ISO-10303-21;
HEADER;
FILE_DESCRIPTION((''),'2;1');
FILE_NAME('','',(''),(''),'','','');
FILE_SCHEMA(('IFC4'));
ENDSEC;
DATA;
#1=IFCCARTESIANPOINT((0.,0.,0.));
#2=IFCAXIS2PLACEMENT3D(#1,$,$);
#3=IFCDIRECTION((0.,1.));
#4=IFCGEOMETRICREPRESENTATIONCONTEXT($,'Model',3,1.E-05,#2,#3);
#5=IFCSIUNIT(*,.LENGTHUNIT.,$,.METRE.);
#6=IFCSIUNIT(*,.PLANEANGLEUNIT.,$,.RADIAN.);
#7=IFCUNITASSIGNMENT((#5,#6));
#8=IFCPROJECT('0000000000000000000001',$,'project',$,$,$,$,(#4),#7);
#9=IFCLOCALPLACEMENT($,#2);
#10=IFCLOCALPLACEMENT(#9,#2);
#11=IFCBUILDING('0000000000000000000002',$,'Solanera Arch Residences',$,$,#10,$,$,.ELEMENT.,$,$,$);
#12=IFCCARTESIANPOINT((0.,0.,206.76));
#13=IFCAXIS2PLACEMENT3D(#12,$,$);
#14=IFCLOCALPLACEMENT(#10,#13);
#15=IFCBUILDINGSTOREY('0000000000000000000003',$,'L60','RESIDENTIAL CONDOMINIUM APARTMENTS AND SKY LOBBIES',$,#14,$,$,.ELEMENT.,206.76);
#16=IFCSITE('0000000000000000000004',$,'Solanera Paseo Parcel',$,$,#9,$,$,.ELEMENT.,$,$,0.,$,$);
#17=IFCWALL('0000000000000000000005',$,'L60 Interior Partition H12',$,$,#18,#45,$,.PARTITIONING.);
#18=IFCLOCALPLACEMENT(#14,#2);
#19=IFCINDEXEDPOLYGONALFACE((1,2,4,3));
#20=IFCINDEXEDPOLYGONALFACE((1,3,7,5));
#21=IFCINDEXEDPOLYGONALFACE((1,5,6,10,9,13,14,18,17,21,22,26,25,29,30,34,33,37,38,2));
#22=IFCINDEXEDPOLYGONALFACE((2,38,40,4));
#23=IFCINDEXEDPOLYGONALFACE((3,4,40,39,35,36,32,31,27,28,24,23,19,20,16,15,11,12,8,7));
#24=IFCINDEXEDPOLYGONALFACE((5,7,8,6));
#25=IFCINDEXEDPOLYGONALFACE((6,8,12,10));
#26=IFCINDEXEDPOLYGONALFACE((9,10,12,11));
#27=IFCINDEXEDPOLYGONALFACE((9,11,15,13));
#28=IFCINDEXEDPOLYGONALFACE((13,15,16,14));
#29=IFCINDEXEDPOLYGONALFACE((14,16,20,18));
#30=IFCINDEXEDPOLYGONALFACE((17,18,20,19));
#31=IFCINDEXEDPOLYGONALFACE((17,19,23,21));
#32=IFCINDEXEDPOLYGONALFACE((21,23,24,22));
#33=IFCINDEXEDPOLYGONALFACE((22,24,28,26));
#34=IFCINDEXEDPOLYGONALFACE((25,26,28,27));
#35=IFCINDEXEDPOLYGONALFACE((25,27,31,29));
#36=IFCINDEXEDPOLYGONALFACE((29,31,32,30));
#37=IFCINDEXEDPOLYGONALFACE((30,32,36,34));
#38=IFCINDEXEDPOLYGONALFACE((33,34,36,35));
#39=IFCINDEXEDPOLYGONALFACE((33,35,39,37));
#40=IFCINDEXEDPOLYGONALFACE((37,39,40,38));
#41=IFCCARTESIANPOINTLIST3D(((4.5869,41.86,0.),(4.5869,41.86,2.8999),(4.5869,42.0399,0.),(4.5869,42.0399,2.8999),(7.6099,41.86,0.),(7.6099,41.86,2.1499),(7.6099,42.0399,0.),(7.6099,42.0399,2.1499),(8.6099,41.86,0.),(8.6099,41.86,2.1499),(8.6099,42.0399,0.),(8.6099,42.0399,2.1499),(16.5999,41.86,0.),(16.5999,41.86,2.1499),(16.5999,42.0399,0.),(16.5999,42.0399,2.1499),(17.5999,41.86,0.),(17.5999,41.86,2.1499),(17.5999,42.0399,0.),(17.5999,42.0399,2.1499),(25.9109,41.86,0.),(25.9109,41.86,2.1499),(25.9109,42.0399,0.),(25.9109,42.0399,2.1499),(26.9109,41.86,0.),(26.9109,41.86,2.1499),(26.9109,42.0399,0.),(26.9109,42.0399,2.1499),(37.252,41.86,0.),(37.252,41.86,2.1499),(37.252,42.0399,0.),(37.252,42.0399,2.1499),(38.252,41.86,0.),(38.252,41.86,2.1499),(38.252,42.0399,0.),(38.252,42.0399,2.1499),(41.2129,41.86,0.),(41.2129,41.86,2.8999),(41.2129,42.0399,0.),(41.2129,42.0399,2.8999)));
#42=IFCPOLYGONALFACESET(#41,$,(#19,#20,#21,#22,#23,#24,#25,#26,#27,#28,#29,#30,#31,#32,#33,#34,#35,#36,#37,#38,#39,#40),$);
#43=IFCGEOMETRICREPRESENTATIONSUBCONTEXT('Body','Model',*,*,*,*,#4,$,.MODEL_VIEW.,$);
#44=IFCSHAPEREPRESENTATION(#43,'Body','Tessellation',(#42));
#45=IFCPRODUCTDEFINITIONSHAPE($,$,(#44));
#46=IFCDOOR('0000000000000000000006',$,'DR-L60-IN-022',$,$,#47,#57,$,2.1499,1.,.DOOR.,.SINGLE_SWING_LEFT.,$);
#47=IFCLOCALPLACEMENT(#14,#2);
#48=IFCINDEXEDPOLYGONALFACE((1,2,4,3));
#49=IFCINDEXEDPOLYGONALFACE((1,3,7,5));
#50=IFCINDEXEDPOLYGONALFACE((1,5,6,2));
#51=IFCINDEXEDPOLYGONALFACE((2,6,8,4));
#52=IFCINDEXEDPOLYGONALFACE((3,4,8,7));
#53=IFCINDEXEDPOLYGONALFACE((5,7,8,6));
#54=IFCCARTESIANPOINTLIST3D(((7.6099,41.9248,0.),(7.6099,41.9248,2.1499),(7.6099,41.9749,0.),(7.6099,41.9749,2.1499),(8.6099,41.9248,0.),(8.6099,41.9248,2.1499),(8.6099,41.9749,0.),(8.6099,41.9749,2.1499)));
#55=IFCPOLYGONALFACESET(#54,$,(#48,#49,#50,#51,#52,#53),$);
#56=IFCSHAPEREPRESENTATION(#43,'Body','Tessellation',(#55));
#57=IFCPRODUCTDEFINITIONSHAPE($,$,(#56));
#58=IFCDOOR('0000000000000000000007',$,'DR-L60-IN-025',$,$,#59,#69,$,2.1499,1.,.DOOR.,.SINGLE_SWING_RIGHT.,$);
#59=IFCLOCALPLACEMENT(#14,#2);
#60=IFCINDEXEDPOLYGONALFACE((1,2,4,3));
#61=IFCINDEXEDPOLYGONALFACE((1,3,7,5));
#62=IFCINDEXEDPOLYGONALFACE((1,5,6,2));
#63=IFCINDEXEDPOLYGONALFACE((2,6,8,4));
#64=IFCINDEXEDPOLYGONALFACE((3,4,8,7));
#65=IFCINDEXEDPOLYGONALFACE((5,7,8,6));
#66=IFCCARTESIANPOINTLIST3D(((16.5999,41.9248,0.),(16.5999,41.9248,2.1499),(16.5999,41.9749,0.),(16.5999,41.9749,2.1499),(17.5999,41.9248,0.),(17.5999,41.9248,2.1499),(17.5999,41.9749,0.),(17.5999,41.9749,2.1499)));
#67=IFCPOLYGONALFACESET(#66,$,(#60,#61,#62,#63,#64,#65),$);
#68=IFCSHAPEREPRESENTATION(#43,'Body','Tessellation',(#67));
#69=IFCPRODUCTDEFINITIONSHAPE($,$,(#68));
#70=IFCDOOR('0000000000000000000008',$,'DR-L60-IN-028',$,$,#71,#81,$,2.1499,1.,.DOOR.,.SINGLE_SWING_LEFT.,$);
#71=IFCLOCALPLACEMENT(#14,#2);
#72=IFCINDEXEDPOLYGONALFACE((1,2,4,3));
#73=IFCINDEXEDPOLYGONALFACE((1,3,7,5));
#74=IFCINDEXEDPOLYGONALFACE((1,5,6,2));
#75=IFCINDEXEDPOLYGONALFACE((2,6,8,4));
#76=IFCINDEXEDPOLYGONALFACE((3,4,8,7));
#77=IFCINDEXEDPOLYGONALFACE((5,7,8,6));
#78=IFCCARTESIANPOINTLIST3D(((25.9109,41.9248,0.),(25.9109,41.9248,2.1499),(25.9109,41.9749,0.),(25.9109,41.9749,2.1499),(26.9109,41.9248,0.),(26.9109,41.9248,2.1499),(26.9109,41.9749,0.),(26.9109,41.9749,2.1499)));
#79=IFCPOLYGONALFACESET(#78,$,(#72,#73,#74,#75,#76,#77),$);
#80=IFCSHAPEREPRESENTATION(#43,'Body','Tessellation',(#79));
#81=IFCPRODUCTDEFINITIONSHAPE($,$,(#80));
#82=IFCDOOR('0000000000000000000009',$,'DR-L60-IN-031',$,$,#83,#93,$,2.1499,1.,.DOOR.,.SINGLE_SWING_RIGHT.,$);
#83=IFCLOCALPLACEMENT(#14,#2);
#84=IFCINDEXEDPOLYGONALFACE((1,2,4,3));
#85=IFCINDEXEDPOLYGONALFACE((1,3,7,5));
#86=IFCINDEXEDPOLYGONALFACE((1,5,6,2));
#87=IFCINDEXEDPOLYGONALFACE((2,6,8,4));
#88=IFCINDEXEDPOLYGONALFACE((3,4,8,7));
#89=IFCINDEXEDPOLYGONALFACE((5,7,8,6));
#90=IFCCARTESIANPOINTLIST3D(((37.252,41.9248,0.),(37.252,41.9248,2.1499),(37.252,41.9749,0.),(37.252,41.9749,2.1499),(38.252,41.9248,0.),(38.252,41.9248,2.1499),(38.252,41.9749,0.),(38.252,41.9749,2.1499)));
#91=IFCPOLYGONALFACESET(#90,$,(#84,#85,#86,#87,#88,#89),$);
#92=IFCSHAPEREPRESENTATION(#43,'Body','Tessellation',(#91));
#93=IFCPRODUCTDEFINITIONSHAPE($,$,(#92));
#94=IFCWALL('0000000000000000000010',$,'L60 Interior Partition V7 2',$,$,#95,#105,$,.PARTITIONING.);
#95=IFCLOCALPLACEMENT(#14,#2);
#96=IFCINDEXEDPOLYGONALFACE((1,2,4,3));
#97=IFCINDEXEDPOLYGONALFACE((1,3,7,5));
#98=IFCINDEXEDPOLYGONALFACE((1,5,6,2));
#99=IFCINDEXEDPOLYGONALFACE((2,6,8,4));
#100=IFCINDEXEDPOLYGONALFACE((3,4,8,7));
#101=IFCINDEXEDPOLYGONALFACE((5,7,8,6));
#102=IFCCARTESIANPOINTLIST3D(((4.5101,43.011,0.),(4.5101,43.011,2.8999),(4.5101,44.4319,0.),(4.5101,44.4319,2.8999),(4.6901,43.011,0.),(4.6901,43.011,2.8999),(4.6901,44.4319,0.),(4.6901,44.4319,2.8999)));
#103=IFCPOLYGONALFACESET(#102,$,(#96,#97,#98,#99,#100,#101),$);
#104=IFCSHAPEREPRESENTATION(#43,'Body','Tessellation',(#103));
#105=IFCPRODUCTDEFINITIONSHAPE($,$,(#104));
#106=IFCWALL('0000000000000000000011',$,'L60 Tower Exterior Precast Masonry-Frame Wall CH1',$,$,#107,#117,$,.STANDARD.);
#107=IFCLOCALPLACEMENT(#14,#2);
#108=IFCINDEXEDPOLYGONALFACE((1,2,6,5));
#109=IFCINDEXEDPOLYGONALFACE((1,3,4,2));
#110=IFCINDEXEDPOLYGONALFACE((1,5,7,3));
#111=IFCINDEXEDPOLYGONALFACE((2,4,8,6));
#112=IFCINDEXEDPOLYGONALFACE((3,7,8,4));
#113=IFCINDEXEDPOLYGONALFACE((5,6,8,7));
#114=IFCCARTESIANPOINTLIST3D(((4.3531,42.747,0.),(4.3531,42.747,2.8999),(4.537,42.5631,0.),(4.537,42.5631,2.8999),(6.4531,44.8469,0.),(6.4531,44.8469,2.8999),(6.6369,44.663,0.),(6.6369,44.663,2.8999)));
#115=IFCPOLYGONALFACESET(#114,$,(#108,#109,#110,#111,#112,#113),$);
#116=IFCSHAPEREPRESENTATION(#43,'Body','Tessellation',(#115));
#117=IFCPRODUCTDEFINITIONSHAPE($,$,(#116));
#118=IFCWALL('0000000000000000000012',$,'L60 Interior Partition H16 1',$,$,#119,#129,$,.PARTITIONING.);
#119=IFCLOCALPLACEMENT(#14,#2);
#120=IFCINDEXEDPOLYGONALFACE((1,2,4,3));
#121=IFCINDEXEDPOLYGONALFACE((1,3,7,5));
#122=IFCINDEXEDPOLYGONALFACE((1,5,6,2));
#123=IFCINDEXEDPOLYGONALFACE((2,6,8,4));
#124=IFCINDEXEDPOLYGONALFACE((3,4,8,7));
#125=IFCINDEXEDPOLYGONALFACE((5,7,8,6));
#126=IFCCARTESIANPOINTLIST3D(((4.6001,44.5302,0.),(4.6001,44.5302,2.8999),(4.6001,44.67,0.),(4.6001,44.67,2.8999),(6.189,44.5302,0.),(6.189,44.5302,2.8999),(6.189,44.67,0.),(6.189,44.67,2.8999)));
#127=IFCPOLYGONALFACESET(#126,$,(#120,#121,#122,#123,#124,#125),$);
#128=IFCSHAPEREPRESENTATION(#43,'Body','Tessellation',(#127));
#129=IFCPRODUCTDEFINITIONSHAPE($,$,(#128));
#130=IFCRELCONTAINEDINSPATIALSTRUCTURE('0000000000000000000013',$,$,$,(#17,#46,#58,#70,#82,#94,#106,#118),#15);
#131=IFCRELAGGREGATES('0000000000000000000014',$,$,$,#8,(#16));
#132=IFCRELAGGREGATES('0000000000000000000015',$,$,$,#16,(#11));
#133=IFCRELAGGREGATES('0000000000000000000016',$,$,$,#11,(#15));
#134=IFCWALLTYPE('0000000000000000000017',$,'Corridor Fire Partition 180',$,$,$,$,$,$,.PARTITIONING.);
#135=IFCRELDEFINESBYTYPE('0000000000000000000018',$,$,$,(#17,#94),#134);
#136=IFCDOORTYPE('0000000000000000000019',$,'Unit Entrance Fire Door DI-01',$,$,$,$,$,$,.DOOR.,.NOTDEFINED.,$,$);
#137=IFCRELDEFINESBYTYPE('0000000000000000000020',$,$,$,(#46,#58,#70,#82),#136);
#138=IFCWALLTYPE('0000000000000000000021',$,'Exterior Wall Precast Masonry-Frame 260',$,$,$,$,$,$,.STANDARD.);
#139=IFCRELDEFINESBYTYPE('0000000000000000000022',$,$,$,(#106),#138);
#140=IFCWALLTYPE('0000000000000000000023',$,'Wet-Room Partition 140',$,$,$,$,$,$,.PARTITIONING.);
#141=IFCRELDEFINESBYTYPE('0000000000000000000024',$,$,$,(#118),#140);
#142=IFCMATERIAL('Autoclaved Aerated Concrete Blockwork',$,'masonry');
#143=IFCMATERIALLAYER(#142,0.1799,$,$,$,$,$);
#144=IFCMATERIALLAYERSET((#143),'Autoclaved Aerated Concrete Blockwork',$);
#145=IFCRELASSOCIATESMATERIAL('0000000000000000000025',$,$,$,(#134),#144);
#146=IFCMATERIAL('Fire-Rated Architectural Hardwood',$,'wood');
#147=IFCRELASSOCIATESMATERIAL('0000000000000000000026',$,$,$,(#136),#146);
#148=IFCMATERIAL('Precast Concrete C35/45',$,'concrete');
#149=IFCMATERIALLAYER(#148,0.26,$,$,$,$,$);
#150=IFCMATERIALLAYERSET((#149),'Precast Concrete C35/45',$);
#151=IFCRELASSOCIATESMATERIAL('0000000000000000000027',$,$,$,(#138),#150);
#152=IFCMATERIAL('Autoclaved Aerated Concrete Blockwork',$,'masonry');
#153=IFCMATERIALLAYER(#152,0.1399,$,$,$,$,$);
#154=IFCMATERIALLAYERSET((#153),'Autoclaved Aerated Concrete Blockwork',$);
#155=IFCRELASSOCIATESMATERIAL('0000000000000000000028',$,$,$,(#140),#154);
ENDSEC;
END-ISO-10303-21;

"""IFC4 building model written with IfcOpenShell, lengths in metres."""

from ifc_helpers import new_model, si_unit, direction, frame, frame_2d, origin, place, context, subcontext, project, spatial, rectangle, extrude, material, layer, layer_set, type_object, element, fill, save


model = new_model("IFC4")

# Units and contexts
model_context = context("Model", 3, precision=1e-05, world=origin(), true_north=direction((0.0, 1.0)))
body_context = subcontext(model_context, "Body", "Model", "MODEL_VIEW")
ifc_project = project(units=[si_unit("LENGTHUNIT", "METRE"), si_unit("PLANEANGLEUNIT", "RADIAN")], contexts=[model_context])

# Site, building, storey
site_placement = place(None, origin())
site = spatial("IfcSite", under=ifc_project, at=site_placement, Name="Solanera Paseo Parcel", CompositionType="ELEMENT", RefElevation=0.0)
building_placement = place(site_placement, origin())
building = spatial("IfcBuilding", under=site, at=building_placement, Name="Solanera Arch Residences", CompositionType="ELEMENT")
storey_placement = place(building_placement, frame((0.0, 0.0, 206.76)))
storey = spatial("IfcBuildingStorey", under=building, at=storey_placement, Name="L60", Description="RESIDENTIAL CONDOMINIUM APARTMENTS AND SKY LOBBIES", CompositionType="ELEMENT", Elevation=206.76)

# Wall, openings, doors
ifc_material_1 = material(Name="Autoclaved Aerated Concrete Blockwork", Category="masonry")
ifc_layer_1 = layer(ifc_material_1, 0.1799)
ifc_layer_set_1 = layer_set([ifc_layer_1], Name="Autoclaved Aerated Concrete Blockwork")
wall_type_1 = type_object("IfcWallType", Name="Corridor Fire Partition 180", PredefinedType="PARTITIONING", material=ifc_layer_set_1)
wall_1_placement = place(storey_placement, frame((4.5869, 41.95, 0.0), z_axis=(0.0, 0.0, 1.0), x_axis=(1.0, 0.0, 0.0)))
wall_1 = element("IfcWall", 1, at=wall_1_placement, inside=storey, type_object=wall_type_1, Name="L60 Interior Partition H12", PredefinedType="PARTITIONING", context=body_context, shape_type="SweptSolid", body=[
    extrude(rectangle(XDim=36.626, YDim=0.1799, at=frame_2d((18.313, 0.0))), origin(), (0.0, 0.0, 1.0), 2.8999),
])
opening_1_placement = place(wall_1_placement, frame((3.0229, 0.0, 0.0)))
opening_1 = element("IfcOpeningElement", 2, at=opening_1_placement, cuts=wall_1, PredefinedType="OPENING", context=body_context, shape_type="SweptSolid", body=[
    extrude(rectangle(XDim=1.0, YDim=2.1499, at=frame_2d((0.5, 1.075))), frame((0.0, 0.1001, 0.0), z_axis=(0.0, -1.0, 0.0), x_axis=(1.0, 0.0, 0.0)), (0.0, 0.0, 1.0), 0.1999),
])
opening_2_placement = place(wall_1_placement, frame((12.0129, 0.0, 0.0)))
opening_2 = element("IfcOpeningElement", 3, at=opening_2_placement, cuts=wall_1, PredefinedType="OPENING", context=body_context, shape_type="SweptSolid", body=[
    extrude(rectangle(XDim=1.0, YDim=2.1499, at=frame_2d((0.5, 1.075))), frame((0.0, 0.1001, 0.0), z_axis=(0.0, -1.0, 0.0), x_axis=(1.0, 0.0, 0.0)), (0.0, 0.0, 1.0), 0.1999),
])
opening_3_placement = place(wall_1_placement, frame((21.324, 0.0, 0.0)))
opening_3 = element("IfcOpeningElement", 4, at=opening_3_placement, cuts=wall_1, PredefinedType="OPENING", context=body_context, shape_type="SweptSolid", body=[
    extrude(rectangle(XDim=1.0, YDim=2.1499, at=frame_2d((0.5, 1.075))), frame((0.0, 0.1001, 0.0), z_axis=(0.0, -1.0, 0.0), x_axis=(1.0, 0.0, 0.0)), (0.0, 0.0, 1.0), 0.1999),
])
opening_4_placement = place(wall_1_placement, frame((32.665, 0.0, 0.0)))
opening_4 = element("IfcOpeningElement", 5, at=opening_4_placement, cuts=wall_1, PredefinedType="OPENING", context=body_context, shape_type="SweptSolid", body=[
    extrude(rectangle(XDim=1.0, YDim=2.1499, at=frame_2d((0.5, 1.075))), frame((0.0, 0.1001, 0.0), z_axis=(0.0, -1.0, 0.0), x_axis=(1.0, 0.0, 0.0)), (0.0, 0.0, 1.0), 0.1999),
])
ifc_material_2 = material(Name="Fire-Rated Architectural Hardwood", Category="wood")
door_type_1 = type_object("IfcDoorType", Name="Unit Entrance Fire Door DI-01", OperationType="NOTDEFINED", PredefinedType="DOOR", material=ifc_material_2)
door_1_placement = place(opening_1_placement, origin())
door_1 = element("IfcDoor", 6, at=door_1_placement, inside=storey, type_object=door_type_1, Name="DR-L60-IN-022", OperationType="SINGLE_SWING_LEFT", OverallHeight=2.1499, OverallWidth=1.0, PredefinedType="DOOR", context=body_context, shape_type="SweptSolid", body=[
    extrude(rectangle(XDim=1.0, YDim=2.1499, at=frame_2d((0.5, 1.075))), frame((0.0, 0.0249, 0.0), z_axis=(0.0, -1.0, 0.0), x_axis=(1.0, 0.0, 0.0)), (0.0, 0.0, 1.0), 0.05),
])
fill(opening_1, door_1)
door_2_placement = place(opening_2_placement, origin())
door_2 = element("IfcDoor", 7, at=door_2_placement, inside=storey, type_object=door_type_1, Name="DR-L60-IN-025", OperationType="SINGLE_SWING_RIGHT", OverallHeight=2.1499, OverallWidth=1.0, PredefinedType="DOOR", context=body_context, shape_type="SweptSolid", body=[
    extrude(rectangle(XDim=1.0, YDim=2.1499, at=frame_2d((0.5, 1.075))), frame((0.0, 0.0249, 0.0), z_axis=(0.0, -1.0, 0.0), x_axis=(1.0, 0.0, 0.0)), (0.0, 0.0, 1.0), 0.05),
])
fill(opening_2, door_2)
door_3_placement = place(opening_3_placement, origin())
door_3 = element("IfcDoor", 8, at=door_3_placement, inside=storey, type_object=door_type_1, Name="DR-L60-IN-028", OperationType="SINGLE_SWING_LEFT", OverallHeight=2.1499, OverallWidth=1.0, PredefinedType="DOOR", context=body_context, shape_type="SweptSolid", body=[
    extrude(rectangle(XDim=1.0, YDim=2.1499, at=frame_2d((0.5, 1.075))), frame((0.0, 0.0249, 0.0), z_axis=(0.0, -1.0, 0.0), x_axis=(1.0, 0.0, 0.0)), (0.0, 0.0, 1.0), 0.05),
])
fill(opening_3, door_3)
door_4_placement = place(opening_4_placement, origin())
door_4 = element("IfcDoor", 9, at=door_4_placement, inside=storey, type_object=door_type_1, Name="DR-L60-IN-031", OperationType="SINGLE_SWING_RIGHT", OverallHeight=2.1499, OverallWidth=1.0, PredefinedType="DOOR", context=body_context, shape_type="SweptSolid", body=[
    extrude(rectangle(XDim=1.0, YDim=2.1499, at=frame_2d((0.5, 1.075))), frame((0.0, 0.0249, 0.0), z_axis=(0.0, -1.0, 0.0), x_axis=(1.0, 0.0, 0.0)), (0.0, 0.0, 1.0), 0.05),
])
fill(opening_4, door_4)

# Walls
wall_2_placement = place(storey_placement, frame((4.6001, 43.011, 0.0), z_axis=(0.0, 0.0, 1.0), x_axis=(0.0, 1.0, 0.0)))
element("IfcWall", 10, at=wall_2_placement, inside=storey, type_object=wall_type_1, Name="L60 Interior Partition V7 2", PredefinedType="PARTITIONING", context=body_context, shape_type="SweptSolid", body=[
    extrude(rectangle(XDim=1.4209, YDim=0.1799, at=frame_2d((0.7104, 0.0))), origin(), (0.0, 0.0, 1.0), 2.8999),
])
ifc_material_3 = material(Name="Precast Concrete C35/45", Category="concrete")
ifc_layer_2 = layer(ifc_material_3, 0.26)
ifc_layer_set_2 = layer_set([ifc_layer_2], Name="Precast Concrete C35/45")
wall_type_2 = type_object("IfcWallType", Name="Exterior Wall Precast Masonry-Frame 260", PredefinedType="STANDARD", material=ifc_layer_set_2)
wall_3_placement = place(storey_placement, frame((4.4451, 42.655, 0.0), z_axis=(0.0, 0.0, 1.0), x_axis=(0.707107, 0.707107, 0.0)))
element("IfcWall", 11, at=wall_3_placement, inside=storey, type_object=wall_type_2, Name="L60 Tower Exterior Precast Masonry-Frame Wall CH1", PredefinedType="STANDARD", context=body_context, shape_type="SweptSolid", body=[
    extrude(rectangle(XDim=2.9697, YDim=0.26, at=frame_2d((1.4849, 0.0))), origin(), (0.0, 0.0, 1.0), 2.8999),
])
ifc_material_4 = material(Name="Autoclaved Aerated Concrete Blockwork", Category="masonry")
ifc_layer_3 = layer(ifc_material_4, 0.1399)
ifc_layer_set_3 = layer_set([ifc_layer_3], Name="Autoclaved Aerated Concrete Blockwork")
wall_type_3 = type_object("IfcWallType", Name="Wet-Room Partition 140", PredefinedType="PARTITIONING", material=ifc_layer_set_3)
wall_4_placement = place(storey_placement, frame((4.6001, 44.6001, 0.0), z_axis=(0.0, 0.0, 1.0), x_axis=(1.0, 0.0, 0.0)))
element("IfcWall", 12, at=wall_4_placement, inside=storey, type_object=wall_type_3, Name="L60 Interior Partition H16 1", PredefinedType="PARTITIONING", context=body_context, shape_type="SweptSolid", body=[
    extrude(rectangle(XDim=1.5889, YDim=0.1399, at=frame_2d((0.7944, 0.0))), origin(), (0.0, 0.0, 1.0), 2.8999),
])

save(model, "model.ifc")
